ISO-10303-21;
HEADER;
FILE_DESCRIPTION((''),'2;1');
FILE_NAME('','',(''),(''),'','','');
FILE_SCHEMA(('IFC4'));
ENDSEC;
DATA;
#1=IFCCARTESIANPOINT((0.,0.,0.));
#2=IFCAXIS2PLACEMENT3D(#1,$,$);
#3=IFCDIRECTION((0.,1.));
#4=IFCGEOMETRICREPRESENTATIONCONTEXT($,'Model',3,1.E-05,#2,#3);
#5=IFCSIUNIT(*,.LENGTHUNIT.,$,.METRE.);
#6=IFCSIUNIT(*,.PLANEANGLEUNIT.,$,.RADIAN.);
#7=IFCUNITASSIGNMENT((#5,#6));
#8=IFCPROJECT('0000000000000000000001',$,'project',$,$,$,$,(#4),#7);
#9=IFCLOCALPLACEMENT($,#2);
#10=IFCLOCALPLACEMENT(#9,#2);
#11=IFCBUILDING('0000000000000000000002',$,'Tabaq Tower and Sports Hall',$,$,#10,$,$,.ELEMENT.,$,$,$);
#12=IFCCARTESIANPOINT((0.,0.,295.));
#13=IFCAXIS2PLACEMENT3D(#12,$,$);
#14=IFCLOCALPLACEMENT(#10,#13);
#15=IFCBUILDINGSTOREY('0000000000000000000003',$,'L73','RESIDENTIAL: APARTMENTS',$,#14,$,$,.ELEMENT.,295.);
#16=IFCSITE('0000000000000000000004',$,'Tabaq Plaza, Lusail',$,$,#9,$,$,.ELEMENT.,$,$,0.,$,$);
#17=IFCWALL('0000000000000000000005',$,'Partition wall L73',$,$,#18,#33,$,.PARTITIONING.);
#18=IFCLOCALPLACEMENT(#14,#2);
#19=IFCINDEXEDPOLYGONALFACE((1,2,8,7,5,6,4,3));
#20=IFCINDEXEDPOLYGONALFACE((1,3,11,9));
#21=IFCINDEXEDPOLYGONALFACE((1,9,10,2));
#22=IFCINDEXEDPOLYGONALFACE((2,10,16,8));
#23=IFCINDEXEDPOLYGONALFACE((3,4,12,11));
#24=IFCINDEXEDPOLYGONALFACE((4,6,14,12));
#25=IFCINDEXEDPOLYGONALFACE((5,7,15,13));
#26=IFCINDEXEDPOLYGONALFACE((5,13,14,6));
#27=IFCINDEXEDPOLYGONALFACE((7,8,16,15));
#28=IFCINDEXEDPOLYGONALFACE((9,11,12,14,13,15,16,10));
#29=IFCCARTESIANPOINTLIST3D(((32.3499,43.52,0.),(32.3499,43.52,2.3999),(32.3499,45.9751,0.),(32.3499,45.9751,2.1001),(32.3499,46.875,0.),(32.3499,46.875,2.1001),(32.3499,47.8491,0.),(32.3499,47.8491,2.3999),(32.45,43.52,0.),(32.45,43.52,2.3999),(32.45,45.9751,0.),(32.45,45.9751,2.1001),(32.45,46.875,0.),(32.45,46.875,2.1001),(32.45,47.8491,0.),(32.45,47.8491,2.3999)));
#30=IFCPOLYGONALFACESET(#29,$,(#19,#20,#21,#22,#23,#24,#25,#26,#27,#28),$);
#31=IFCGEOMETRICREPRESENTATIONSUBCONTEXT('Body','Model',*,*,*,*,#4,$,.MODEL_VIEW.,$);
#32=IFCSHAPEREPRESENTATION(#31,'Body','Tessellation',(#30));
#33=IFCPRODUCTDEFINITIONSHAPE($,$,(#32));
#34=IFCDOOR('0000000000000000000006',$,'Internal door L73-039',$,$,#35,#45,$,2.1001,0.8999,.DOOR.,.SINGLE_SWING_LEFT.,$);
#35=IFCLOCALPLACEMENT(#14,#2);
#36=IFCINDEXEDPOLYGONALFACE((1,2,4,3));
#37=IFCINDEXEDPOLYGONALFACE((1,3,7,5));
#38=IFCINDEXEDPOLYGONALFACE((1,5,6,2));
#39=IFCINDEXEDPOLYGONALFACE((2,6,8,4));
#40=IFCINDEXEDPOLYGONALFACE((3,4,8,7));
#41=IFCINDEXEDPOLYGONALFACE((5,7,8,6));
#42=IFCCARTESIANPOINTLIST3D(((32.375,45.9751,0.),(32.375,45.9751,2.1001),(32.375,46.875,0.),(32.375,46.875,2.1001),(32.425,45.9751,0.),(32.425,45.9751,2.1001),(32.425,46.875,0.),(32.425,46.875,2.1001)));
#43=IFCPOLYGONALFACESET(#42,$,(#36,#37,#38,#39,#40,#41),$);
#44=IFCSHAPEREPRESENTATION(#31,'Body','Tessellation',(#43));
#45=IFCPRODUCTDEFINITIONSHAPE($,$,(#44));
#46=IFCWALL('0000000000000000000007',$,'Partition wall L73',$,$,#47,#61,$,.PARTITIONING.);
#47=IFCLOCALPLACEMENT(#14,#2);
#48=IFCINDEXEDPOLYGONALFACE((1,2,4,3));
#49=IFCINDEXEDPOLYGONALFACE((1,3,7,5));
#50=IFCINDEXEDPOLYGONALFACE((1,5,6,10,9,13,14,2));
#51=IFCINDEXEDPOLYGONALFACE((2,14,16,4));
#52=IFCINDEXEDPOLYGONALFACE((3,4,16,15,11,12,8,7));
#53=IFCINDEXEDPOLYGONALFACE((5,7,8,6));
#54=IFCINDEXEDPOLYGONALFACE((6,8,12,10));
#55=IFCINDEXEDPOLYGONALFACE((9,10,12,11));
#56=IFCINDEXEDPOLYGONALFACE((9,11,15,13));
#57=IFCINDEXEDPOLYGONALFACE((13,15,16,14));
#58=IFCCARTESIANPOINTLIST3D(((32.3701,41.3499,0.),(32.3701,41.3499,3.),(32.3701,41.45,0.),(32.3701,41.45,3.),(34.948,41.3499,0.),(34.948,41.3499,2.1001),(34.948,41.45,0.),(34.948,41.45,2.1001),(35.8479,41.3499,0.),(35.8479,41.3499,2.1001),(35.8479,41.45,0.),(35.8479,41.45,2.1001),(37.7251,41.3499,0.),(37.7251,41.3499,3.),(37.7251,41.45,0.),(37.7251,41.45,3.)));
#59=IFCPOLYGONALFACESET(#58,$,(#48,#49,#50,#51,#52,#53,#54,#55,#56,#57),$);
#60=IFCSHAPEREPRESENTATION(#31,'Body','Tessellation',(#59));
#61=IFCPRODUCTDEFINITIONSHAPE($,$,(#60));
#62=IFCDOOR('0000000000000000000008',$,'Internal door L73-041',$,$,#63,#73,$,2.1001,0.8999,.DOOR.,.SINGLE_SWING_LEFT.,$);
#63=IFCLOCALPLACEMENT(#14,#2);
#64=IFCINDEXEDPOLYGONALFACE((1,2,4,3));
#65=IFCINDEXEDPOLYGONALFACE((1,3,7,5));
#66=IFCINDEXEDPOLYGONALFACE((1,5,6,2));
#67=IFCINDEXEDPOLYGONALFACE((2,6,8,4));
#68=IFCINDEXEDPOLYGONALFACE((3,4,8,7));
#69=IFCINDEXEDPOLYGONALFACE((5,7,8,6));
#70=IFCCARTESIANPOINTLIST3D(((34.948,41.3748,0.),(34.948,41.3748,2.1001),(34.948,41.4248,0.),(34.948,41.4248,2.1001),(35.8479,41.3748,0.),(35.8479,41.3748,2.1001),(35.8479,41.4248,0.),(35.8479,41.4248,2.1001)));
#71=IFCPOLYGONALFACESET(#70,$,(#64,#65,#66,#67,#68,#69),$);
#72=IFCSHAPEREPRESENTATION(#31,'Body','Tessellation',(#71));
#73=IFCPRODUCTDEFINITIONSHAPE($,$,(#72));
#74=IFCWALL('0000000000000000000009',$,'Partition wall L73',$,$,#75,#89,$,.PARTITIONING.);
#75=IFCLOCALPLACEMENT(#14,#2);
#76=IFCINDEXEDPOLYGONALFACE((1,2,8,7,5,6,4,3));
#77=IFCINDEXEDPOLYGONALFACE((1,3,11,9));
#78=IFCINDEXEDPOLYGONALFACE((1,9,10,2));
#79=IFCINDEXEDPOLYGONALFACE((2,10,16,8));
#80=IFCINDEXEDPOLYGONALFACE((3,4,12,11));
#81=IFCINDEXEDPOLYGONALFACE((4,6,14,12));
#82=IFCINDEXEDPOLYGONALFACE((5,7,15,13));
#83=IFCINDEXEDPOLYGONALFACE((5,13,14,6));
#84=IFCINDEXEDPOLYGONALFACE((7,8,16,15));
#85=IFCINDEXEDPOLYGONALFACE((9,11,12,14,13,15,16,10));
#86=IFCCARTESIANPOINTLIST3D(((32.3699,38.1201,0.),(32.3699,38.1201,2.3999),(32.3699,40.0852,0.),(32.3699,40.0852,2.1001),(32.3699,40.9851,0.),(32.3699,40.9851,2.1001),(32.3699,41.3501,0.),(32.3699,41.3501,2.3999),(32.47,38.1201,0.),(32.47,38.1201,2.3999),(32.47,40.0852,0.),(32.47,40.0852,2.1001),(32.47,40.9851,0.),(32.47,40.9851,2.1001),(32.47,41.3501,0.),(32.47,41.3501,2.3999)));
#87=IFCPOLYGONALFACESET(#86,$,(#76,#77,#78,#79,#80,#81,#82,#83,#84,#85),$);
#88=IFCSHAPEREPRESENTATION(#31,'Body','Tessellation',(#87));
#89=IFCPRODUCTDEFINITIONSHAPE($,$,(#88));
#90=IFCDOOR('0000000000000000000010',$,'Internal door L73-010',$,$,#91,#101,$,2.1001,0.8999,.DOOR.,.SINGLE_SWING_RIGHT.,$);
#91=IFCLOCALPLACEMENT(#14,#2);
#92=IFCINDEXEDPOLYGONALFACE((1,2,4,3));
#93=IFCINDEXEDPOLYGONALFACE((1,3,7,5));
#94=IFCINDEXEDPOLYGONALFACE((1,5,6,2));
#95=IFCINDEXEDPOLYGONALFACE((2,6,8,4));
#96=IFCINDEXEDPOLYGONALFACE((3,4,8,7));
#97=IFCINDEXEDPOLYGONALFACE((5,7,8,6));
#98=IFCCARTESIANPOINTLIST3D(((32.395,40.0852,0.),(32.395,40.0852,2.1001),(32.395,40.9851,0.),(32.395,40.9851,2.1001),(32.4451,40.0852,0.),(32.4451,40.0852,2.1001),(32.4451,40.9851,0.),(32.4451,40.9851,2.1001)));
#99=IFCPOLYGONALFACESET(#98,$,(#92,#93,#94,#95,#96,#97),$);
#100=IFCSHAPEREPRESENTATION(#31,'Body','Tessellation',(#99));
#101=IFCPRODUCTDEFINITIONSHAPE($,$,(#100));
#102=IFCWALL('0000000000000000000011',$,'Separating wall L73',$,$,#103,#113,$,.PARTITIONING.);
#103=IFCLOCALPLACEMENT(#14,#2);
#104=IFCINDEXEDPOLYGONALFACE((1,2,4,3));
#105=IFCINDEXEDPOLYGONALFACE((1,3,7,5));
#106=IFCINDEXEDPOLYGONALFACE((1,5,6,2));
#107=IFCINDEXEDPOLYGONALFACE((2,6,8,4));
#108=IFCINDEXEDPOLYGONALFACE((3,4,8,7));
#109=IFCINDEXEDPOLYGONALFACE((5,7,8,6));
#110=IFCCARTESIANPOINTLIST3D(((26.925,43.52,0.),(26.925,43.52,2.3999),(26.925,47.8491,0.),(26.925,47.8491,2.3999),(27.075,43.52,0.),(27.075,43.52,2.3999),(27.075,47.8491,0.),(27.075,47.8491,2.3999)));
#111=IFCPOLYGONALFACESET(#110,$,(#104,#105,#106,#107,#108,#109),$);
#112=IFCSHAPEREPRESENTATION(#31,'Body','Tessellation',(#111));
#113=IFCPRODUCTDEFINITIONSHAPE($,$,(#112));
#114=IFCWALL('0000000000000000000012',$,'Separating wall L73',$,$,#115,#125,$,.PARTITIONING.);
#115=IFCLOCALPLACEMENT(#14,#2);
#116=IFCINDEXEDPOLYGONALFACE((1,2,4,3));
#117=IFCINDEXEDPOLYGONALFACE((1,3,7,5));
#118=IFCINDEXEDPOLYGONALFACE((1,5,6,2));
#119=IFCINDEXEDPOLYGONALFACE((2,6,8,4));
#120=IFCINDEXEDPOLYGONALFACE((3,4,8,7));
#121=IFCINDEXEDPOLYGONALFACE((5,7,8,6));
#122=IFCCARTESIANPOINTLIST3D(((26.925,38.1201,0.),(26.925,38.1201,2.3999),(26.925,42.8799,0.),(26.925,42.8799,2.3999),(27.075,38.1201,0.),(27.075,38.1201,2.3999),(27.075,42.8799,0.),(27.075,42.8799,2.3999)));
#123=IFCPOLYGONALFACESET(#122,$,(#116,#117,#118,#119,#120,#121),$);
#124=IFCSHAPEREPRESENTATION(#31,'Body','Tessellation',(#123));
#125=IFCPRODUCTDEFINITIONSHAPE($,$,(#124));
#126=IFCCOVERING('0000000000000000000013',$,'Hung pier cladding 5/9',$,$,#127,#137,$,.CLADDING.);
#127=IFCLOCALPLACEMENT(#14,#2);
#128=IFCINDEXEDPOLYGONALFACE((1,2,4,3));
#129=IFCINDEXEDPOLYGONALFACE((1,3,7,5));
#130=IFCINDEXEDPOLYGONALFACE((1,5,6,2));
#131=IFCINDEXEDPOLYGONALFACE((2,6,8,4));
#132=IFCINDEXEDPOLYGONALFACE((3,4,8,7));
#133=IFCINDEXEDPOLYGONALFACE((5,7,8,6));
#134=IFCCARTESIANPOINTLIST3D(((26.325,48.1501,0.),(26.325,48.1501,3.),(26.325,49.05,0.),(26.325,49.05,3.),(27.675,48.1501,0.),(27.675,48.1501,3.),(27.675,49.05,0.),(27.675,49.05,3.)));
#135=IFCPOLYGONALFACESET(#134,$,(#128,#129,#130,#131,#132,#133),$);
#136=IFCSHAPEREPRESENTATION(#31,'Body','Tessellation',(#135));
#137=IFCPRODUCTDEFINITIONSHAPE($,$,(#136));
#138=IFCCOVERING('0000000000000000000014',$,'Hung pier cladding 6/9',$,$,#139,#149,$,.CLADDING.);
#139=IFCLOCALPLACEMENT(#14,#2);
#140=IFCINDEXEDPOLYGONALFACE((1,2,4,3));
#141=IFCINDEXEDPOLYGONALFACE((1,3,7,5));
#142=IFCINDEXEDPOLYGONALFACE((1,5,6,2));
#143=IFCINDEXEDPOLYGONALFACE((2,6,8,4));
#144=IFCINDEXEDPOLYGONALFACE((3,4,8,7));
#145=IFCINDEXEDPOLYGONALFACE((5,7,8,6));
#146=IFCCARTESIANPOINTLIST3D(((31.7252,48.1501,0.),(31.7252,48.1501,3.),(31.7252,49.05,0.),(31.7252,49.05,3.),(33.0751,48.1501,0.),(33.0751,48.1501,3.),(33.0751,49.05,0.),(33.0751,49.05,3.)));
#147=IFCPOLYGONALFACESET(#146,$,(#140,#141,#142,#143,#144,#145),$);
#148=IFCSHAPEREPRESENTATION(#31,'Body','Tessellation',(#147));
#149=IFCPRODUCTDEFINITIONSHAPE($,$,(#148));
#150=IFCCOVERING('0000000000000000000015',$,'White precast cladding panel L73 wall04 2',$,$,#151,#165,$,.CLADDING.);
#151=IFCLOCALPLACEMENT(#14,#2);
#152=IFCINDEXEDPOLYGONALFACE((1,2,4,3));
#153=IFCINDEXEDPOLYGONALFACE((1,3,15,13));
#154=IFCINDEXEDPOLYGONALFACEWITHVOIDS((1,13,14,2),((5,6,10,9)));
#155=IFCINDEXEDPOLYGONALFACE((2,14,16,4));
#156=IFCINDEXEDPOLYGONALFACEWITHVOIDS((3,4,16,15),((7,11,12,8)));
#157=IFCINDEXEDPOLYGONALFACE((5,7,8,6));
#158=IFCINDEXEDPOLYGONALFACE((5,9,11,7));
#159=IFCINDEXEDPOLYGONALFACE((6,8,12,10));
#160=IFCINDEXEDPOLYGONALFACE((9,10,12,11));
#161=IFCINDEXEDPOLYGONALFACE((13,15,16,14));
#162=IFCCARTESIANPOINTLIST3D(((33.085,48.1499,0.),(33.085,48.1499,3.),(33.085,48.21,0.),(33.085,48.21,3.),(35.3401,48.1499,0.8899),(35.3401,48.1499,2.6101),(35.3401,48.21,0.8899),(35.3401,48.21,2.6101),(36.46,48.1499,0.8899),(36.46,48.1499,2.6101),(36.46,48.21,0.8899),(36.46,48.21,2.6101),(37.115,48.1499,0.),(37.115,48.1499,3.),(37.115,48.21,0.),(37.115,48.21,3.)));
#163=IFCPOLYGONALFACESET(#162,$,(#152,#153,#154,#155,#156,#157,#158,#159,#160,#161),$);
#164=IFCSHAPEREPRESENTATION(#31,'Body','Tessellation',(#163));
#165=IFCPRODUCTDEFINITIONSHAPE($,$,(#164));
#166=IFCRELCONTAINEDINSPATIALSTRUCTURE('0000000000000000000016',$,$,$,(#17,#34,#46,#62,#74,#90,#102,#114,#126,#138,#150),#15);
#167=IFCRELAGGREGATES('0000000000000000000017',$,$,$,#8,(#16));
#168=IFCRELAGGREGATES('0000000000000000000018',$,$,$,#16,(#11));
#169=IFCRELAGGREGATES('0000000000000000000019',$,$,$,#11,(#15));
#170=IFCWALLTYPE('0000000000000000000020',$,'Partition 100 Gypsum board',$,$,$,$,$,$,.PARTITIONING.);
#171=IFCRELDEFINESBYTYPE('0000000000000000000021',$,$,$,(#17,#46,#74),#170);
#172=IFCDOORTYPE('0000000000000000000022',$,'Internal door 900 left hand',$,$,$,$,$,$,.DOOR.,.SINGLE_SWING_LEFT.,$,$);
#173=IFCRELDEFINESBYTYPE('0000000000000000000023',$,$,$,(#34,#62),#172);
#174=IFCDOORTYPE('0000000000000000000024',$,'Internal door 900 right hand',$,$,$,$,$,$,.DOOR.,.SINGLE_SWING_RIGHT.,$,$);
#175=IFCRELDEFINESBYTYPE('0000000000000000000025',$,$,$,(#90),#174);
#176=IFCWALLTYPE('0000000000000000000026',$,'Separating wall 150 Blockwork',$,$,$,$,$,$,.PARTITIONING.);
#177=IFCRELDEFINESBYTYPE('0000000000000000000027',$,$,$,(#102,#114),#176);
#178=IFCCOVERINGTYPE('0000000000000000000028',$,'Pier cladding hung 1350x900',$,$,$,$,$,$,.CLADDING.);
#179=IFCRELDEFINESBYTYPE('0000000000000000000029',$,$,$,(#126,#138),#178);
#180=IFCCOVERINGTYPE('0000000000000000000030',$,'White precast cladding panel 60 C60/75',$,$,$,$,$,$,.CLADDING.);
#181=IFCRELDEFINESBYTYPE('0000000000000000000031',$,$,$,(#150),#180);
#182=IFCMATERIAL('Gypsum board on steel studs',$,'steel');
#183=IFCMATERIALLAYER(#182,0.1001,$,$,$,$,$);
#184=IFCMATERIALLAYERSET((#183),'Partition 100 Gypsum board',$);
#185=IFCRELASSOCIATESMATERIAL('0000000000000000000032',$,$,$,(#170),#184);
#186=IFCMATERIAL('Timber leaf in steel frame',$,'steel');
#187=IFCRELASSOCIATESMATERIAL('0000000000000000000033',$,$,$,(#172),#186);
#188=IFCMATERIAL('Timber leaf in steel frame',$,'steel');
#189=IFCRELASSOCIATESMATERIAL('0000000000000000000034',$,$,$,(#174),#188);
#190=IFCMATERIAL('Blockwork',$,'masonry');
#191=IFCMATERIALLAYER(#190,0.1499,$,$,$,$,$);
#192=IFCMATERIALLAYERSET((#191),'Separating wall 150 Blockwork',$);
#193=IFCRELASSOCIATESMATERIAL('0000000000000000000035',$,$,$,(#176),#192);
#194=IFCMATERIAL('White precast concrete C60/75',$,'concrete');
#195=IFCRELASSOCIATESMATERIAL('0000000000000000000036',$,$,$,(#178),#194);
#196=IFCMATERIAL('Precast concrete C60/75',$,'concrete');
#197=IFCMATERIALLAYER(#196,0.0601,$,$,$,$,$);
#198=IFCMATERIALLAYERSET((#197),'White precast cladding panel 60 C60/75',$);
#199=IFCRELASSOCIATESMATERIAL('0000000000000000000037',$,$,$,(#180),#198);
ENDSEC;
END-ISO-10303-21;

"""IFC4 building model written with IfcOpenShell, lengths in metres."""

from ifc_helpers import new_model, si_unit, direction, frame, frame_2d, origin, place, context, subcontext, project, spatial, polyline, rectangle, outline, extrude, material, layer, layer_set, type_object, element, fill, save


model = new_model("IFC4")

# Units and contexts
model_context = context("Model", 3, precision=1e-05, world=origin(), true_north=direction((0.0, 1.0)))
body_context = subcontext(model_context, "Body", "Model", "MODEL_VIEW")
ifc_project = project(units=[si_unit("LENGTHUNIT", "METRE"), si_unit("PLANEANGLEUNIT", "RADIAN")], contexts=[model_context])

# Site, building, storey
site_placement = place(None, origin())
site = spatial("IfcSite", under=ifc_project, at=site_placement, Name="Tabaq Plaza, Lusail", CompositionType="ELEMENT", RefElevation=0.0)
building_placement = place(site_placement, origin())
building = spatial("IfcBuilding", under=site, at=building_placement, Name="Tabaq Tower and Sports Hall", CompositionType="ELEMENT")
storey_placement = place(building_placement, frame((0.0, 0.0, 295.0)))
storey = spatial("IfcBuildingStorey", under=building, at=storey_placement, Name="L73", Description="RESIDENTIAL: APARTMENTS", CompositionType="ELEMENT", Elevation=295.0)

# Shared definitions
ifc_material_1 = material(Name="Gypsum board on steel studs", Category="steel")
ifc_layer_1 = layer(ifc_material_1, 0.1001)
ifc_layer_set_1 = layer_set([ifc_layer_1], Name="Partition 100 Gypsum board")
wall_type_1 = type_object("IfcWallType", Name="Partition 100 Gypsum board", PredefinedType="PARTITIONING", material=ifc_layer_set_1)
ifc_material_2 = material(Name="Timber leaf in steel frame", Category="steel")
door_type_1 = type_object("IfcDoorType", Name="Internal door 900 left hand", OperationType="SINGLE_SWING_LEFT", PredefinedType="DOOR", material=ifc_material_2)
ifc_material_3 = material(Name="Timber leaf in steel frame", Category="steel")
door_type_2 = type_object("IfcDoorType", Name="Internal door 900 right hand", OperationType="SINGLE_SWING_RIGHT", PredefinedType="DOOR", material=ifc_material_3)

# Walls, openings, doors
wall_1_placement = place(storey_placement, frame((32.3999, 43.52, 0.0), z_axis=(0.0, 0.0, 1.0), x_axis=(0.0, 1.0, 0.0)))
wall_1 = element("IfcWall", 1, at=wall_1_placement, inside=storey, type_object=wall_type_1, Name="Partition wall L73", PredefinedType="PARTITIONING", context=body_context, shape_type="SweptSolid", body=[
    extrude(rectangle(XDim=4.3291, YDim=0.1001, at=frame_2d((2.1646, 0.0))), origin(), (0.0, 0.0, 1.0), 2.3999),
])
opening_1_placement = place(wall_1_placement, frame((2.4551, 0.0, 0.0)))
opening_1 = element("IfcOpeningElement", 2, at=opening_1_placement, cuts=wall_1, PredefinedType="OPENING", context=body_context, shape_type="SweptSolid", body=[
    extrude(rectangle(XDim=0.8999, YDim=2.1001, at=frame_2d((0.45, 1.05))), frame((0.0, 0.05, 0.0), z_axis=(0.0, -1.0, 0.0), x_axis=(1.0, 0.0, 0.0)), (0.0, 0.0, 1.0), 0.1001),
])
door_1_placement = place(opening_1_placement, origin())
door_1 = element("IfcDoor", 3, at=door_1_placement, inside=storey, type_object=door_type_1, Name="Internal door L73-039", OperationType="SINGLE_SWING_LEFT", OverallHeight=2.1001, OverallWidth=0.8999, PredefinedType="DOOR", context=body_context, shape_type="SweptSolid", body=[
    extrude(rectangle(XDim=0.8999, YDim=2.1001, at=frame_2d((0.45, 1.05))), frame((0.0, 0.0249, 0.0), z_axis=(0.0, -1.0, 0.0), x_axis=(1.0, 0.0, 0.0)), (0.0, 0.0, 1.0), 0.05),
])
fill(opening_1, door_1)
wall_2_placement = place(storey_placement, frame((32.3701, 41.3999, 0.0), z_axis=(0.0, 0.0, 1.0), x_axis=(1.0, 0.0, 0.0)))
wall_2 = element("IfcWall", 4, at=wall_2_placement, inside=storey, type_object=wall_type_1, Name="Partition wall L73", PredefinedType="PARTITIONING", context=body_context, shape_type="SweptSolid", body=[
    extrude(rectangle(XDim=5.355, YDim=0.1001, at=frame_2d((2.6775, 0.0))), origin(), (0.0, 0.0, 1.0), 3.0),
])
opening_2_placement = place(wall_2_placement, frame((2.5779, 0.0, 0.0)))
opening_2 = element("IfcOpeningElement", 5, at=opening_2_placement, cuts=wall_2, PredefinedType="OPENING", context=body_context, shape_type="SweptSolid", body=[
    extrude(rectangle(XDim=0.8999, YDim=2.1001, at=frame_2d((0.45, 1.05))), frame((0.0, 0.05, 0.0), z_axis=(0.0, -1.0, 0.0), x_axis=(1.0, 0.0, 0.0)), (0.0, 0.0, 1.0), 0.1001),
])
door_2_placement = place(opening_2_placement, origin())
door_2 = element("IfcDoor", 6, at=door_2_placement, inside=storey, type_object=door_type_1, Name="Internal door L73-041", OperationType="SINGLE_SWING_LEFT", OverallHeight=2.1001, OverallWidth=0.8999, PredefinedType="DOOR", context=body_context, shape_type="SweptSolid", body=[
    extrude(rectangle(XDim=0.8999, YDim=2.1001, at=frame_2d((0.45, 1.05))), frame((0.0, 0.0249, 0.0), z_axis=(0.0, -1.0, 0.0), x_axis=(1.0, 0.0, 0.0)), (0.0, 0.0, 1.0), 0.05),
])
fill(opening_2, door_2)
wall_3_placement = place(storey_placement, frame((32.4199, 38.1201, 0.0), z_axis=(0.0, 0.0, 1.0), x_axis=(0.0, 1.0, 0.0)))
wall_3 = element("IfcWall", 7, at=wall_3_placement, inside=storey, type_object=wall_type_1, Name="Partition wall L73", PredefinedType="PARTITIONING", context=body_context, shape_type="SweptSolid", body=[
    extrude(rectangle(XDim=3.23, YDim=0.1001, at=frame_2d((1.615, 0.0))), origin(), (0.0, 0.0, 1.0), 2.3999),
])
opening_3_placement = place(wall_3_placement, frame((1.9651, 0.0, 0.0)))
opening_3 = element("IfcOpeningElement", 8, at=opening_3_placement, cuts=wall_3, PredefinedType="OPENING", context=body_context, shape_type="SweptSolid", body=[
    extrude(rectangle(XDim=0.8999, YDim=2.1001, at=frame_2d((0.45, 1.05))), frame((0.0, 0.05, 0.0), z_axis=(0.0, -1.0, 0.0), x_axis=(1.0, 0.0, 0.0)), (0.0, 0.0, 1.0), 0.1001),
])
door_3_placement = place(opening_3_placement, origin())
door_3 = element("IfcDoor", 9, at=door_3_placement, inside=storey, type_object=door_type_2, Name="Internal door L73-010", OperationType="SINGLE_SWING_RIGHT", OverallHeight=2.1001, OverallWidth=0.8999, PredefinedType="DOOR", context=body_context, shape_type="SweptSolid", body=[
    extrude(rectangle(XDim=0.8999, YDim=2.1001, at=frame_2d((0.45, 1.05))), frame((0.0, 0.0249, 0.0), z_axis=(0.0, -1.0, 0.0), x_axis=(1.0, 0.0, 0.0)), (0.0, 0.0, 1.0), 0.05),
])
fill(opening_3, door_3)

# Walls
ifc_material_4 = material(Name="Blockwork", Category="masonry")
ifc_layer_2 = layer(ifc_material_4, 0.1499)
ifc_layer_set_2 = layer_set([ifc_layer_2], Name="Separating wall 150 Blockwork")
wall_type_2 = type_object("IfcWallType", Name="Separating wall 150 Blockwork", PredefinedType="PARTITIONING", material=ifc_layer_set_2)
wall_4_placement = place(storey_placement, frame((27.0, 43.52, 0.0), z_axis=(0.0, 0.0, 1.0), x_axis=(0.0, 1.0, 0.0)))
element("IfcWall", 10, at=wall_4_placement, inside=storey, type_object=wall_type_2, Name="Separating wall L73", PredefinedType="PARTITIONING", context=body_context, shape_type="SweptSolid", body=[
    extrude(rectangle(XDim=4.3291, YDim=0.1499, at=frame_2d((2.1646, 0.0))), origin(), (0.0, 0.0, 1.0), 2.3999),
])
wall_5_placement = place(storey_placement, frame((27.0, 38.1201, 0.0), z_axis=(0.0, 0.0, 1.0), x_axis=(0.0, 1.0, 0.0)))
element("IfcWall", 11, at=wall_5_placement, inside=storey, type_object=wall_type_2, Name="Separating wall L73", PredefinedType="PARTITIONING", context=body_context, shape_type="SweptSolid", body=[
    extrude(rectangle(XDim=4.7598, YDim=0.1499, at=frame_2d((2.3799, 0.0))), origin(), (0.0, 0.0, 1.0), 2.3999),
])

# Coverings
ifc_material_5 = material(Name="White precast concrete C60/75", Category="concrete")
covering_type_1 = type_object("IfcCoveringType", Name="Pier cladding hung 1350x900", PredefinedType="CLADDING", material=ifc_material_5)
covering_1_placement = place(storey_placement, frame((27.675, 48.6001, 0.0), z_axis=(0.0, 0.0, 1.0), x_axis=(-1.0, 0.0, 0.0)))
element("IfcCovering", 12, at=covering_1_placement, inside=storey, type_object=covering_type_1, Name="Hung pier cladding 5/9", PredefinedType="CLADDING", context=body_context, shape_type="SweptSolid", body=[
    extrude(rectangle(XDim=1.3501, YDim=0.8999, at=frame_2d((0.675, 0.0))), origin(), (0.0, 0.0, 1.0), 3.0),
])
covering_2_placement = place(storey_placement, frame((33.075, 48.6001, 0.0), z_axis=(0.0, 0.0, 1.0), x_axis=(-1.0, 0.0, 0.0)))
element("IfcCovering", 13, at=covering_2_placement, inside=storey, type_object=covering_type_1, Name="Hung pier cladding 6/9", PredefinedType="CLADDING", context=body_context, shape_type="SweptSolid", body=[
    extrude(rectangle(XDim=1.3499, YDim=0.8999, at=frame_2d((0.6748, 0.0))), origin(), (0.0, 0.0, 1.0), 3.0),
])
ifc_material_6 = material(Name="Precast concrete C60/75", Category="concrete")
ifc_layer_3 = layer(ifc_material_6, 0.0601)
ifc_layer_set_3 = layer_set([ifc_layer_3], Name="White precast cladding panel 60 C60/75")
covering_type_2 = type_object("IfcCoveringType", Name="White precast cladding panel 60 C60/75", PredefinedType="CLADDING", material=ifc_layer_set_3)
covering_3_placement = place(storey_placement, frame((37.115, 48.1799, 0.0), z_axis=(0.0, 0.0, 1.0), x_axis=(-1.0, 0.0, 0.0)))
element("IfcCovering", 14, at=covering_3_placement, inside=storey, type_object=covering_type_2, Name="White precast cladding panel L73 wall04 2", PredefinedType="CLADDING", context=body_context, shape_type="SweptSolid", body=[
    extrude(outline(polyline([(0.0, 0.0), (4.03, 0.0), (4.03, 3.0), (0.0, 3.0), (0.0, 0.0)]), holes=[polyline([(0.655, 0.8899), (0.655, 2.6101), (1.7749, 2.6101), (1.7749, 0.8899), (0.655, 0.8899)])]), frame((0.0, 0.03, 0.0), z_axis=(0.0, -1.0, 0.0), x_axis=(1.0, 0.0, 0.0)), (0.0, 0.0, 1.0), 0.0601),
])

save(model, "model.ifc")
